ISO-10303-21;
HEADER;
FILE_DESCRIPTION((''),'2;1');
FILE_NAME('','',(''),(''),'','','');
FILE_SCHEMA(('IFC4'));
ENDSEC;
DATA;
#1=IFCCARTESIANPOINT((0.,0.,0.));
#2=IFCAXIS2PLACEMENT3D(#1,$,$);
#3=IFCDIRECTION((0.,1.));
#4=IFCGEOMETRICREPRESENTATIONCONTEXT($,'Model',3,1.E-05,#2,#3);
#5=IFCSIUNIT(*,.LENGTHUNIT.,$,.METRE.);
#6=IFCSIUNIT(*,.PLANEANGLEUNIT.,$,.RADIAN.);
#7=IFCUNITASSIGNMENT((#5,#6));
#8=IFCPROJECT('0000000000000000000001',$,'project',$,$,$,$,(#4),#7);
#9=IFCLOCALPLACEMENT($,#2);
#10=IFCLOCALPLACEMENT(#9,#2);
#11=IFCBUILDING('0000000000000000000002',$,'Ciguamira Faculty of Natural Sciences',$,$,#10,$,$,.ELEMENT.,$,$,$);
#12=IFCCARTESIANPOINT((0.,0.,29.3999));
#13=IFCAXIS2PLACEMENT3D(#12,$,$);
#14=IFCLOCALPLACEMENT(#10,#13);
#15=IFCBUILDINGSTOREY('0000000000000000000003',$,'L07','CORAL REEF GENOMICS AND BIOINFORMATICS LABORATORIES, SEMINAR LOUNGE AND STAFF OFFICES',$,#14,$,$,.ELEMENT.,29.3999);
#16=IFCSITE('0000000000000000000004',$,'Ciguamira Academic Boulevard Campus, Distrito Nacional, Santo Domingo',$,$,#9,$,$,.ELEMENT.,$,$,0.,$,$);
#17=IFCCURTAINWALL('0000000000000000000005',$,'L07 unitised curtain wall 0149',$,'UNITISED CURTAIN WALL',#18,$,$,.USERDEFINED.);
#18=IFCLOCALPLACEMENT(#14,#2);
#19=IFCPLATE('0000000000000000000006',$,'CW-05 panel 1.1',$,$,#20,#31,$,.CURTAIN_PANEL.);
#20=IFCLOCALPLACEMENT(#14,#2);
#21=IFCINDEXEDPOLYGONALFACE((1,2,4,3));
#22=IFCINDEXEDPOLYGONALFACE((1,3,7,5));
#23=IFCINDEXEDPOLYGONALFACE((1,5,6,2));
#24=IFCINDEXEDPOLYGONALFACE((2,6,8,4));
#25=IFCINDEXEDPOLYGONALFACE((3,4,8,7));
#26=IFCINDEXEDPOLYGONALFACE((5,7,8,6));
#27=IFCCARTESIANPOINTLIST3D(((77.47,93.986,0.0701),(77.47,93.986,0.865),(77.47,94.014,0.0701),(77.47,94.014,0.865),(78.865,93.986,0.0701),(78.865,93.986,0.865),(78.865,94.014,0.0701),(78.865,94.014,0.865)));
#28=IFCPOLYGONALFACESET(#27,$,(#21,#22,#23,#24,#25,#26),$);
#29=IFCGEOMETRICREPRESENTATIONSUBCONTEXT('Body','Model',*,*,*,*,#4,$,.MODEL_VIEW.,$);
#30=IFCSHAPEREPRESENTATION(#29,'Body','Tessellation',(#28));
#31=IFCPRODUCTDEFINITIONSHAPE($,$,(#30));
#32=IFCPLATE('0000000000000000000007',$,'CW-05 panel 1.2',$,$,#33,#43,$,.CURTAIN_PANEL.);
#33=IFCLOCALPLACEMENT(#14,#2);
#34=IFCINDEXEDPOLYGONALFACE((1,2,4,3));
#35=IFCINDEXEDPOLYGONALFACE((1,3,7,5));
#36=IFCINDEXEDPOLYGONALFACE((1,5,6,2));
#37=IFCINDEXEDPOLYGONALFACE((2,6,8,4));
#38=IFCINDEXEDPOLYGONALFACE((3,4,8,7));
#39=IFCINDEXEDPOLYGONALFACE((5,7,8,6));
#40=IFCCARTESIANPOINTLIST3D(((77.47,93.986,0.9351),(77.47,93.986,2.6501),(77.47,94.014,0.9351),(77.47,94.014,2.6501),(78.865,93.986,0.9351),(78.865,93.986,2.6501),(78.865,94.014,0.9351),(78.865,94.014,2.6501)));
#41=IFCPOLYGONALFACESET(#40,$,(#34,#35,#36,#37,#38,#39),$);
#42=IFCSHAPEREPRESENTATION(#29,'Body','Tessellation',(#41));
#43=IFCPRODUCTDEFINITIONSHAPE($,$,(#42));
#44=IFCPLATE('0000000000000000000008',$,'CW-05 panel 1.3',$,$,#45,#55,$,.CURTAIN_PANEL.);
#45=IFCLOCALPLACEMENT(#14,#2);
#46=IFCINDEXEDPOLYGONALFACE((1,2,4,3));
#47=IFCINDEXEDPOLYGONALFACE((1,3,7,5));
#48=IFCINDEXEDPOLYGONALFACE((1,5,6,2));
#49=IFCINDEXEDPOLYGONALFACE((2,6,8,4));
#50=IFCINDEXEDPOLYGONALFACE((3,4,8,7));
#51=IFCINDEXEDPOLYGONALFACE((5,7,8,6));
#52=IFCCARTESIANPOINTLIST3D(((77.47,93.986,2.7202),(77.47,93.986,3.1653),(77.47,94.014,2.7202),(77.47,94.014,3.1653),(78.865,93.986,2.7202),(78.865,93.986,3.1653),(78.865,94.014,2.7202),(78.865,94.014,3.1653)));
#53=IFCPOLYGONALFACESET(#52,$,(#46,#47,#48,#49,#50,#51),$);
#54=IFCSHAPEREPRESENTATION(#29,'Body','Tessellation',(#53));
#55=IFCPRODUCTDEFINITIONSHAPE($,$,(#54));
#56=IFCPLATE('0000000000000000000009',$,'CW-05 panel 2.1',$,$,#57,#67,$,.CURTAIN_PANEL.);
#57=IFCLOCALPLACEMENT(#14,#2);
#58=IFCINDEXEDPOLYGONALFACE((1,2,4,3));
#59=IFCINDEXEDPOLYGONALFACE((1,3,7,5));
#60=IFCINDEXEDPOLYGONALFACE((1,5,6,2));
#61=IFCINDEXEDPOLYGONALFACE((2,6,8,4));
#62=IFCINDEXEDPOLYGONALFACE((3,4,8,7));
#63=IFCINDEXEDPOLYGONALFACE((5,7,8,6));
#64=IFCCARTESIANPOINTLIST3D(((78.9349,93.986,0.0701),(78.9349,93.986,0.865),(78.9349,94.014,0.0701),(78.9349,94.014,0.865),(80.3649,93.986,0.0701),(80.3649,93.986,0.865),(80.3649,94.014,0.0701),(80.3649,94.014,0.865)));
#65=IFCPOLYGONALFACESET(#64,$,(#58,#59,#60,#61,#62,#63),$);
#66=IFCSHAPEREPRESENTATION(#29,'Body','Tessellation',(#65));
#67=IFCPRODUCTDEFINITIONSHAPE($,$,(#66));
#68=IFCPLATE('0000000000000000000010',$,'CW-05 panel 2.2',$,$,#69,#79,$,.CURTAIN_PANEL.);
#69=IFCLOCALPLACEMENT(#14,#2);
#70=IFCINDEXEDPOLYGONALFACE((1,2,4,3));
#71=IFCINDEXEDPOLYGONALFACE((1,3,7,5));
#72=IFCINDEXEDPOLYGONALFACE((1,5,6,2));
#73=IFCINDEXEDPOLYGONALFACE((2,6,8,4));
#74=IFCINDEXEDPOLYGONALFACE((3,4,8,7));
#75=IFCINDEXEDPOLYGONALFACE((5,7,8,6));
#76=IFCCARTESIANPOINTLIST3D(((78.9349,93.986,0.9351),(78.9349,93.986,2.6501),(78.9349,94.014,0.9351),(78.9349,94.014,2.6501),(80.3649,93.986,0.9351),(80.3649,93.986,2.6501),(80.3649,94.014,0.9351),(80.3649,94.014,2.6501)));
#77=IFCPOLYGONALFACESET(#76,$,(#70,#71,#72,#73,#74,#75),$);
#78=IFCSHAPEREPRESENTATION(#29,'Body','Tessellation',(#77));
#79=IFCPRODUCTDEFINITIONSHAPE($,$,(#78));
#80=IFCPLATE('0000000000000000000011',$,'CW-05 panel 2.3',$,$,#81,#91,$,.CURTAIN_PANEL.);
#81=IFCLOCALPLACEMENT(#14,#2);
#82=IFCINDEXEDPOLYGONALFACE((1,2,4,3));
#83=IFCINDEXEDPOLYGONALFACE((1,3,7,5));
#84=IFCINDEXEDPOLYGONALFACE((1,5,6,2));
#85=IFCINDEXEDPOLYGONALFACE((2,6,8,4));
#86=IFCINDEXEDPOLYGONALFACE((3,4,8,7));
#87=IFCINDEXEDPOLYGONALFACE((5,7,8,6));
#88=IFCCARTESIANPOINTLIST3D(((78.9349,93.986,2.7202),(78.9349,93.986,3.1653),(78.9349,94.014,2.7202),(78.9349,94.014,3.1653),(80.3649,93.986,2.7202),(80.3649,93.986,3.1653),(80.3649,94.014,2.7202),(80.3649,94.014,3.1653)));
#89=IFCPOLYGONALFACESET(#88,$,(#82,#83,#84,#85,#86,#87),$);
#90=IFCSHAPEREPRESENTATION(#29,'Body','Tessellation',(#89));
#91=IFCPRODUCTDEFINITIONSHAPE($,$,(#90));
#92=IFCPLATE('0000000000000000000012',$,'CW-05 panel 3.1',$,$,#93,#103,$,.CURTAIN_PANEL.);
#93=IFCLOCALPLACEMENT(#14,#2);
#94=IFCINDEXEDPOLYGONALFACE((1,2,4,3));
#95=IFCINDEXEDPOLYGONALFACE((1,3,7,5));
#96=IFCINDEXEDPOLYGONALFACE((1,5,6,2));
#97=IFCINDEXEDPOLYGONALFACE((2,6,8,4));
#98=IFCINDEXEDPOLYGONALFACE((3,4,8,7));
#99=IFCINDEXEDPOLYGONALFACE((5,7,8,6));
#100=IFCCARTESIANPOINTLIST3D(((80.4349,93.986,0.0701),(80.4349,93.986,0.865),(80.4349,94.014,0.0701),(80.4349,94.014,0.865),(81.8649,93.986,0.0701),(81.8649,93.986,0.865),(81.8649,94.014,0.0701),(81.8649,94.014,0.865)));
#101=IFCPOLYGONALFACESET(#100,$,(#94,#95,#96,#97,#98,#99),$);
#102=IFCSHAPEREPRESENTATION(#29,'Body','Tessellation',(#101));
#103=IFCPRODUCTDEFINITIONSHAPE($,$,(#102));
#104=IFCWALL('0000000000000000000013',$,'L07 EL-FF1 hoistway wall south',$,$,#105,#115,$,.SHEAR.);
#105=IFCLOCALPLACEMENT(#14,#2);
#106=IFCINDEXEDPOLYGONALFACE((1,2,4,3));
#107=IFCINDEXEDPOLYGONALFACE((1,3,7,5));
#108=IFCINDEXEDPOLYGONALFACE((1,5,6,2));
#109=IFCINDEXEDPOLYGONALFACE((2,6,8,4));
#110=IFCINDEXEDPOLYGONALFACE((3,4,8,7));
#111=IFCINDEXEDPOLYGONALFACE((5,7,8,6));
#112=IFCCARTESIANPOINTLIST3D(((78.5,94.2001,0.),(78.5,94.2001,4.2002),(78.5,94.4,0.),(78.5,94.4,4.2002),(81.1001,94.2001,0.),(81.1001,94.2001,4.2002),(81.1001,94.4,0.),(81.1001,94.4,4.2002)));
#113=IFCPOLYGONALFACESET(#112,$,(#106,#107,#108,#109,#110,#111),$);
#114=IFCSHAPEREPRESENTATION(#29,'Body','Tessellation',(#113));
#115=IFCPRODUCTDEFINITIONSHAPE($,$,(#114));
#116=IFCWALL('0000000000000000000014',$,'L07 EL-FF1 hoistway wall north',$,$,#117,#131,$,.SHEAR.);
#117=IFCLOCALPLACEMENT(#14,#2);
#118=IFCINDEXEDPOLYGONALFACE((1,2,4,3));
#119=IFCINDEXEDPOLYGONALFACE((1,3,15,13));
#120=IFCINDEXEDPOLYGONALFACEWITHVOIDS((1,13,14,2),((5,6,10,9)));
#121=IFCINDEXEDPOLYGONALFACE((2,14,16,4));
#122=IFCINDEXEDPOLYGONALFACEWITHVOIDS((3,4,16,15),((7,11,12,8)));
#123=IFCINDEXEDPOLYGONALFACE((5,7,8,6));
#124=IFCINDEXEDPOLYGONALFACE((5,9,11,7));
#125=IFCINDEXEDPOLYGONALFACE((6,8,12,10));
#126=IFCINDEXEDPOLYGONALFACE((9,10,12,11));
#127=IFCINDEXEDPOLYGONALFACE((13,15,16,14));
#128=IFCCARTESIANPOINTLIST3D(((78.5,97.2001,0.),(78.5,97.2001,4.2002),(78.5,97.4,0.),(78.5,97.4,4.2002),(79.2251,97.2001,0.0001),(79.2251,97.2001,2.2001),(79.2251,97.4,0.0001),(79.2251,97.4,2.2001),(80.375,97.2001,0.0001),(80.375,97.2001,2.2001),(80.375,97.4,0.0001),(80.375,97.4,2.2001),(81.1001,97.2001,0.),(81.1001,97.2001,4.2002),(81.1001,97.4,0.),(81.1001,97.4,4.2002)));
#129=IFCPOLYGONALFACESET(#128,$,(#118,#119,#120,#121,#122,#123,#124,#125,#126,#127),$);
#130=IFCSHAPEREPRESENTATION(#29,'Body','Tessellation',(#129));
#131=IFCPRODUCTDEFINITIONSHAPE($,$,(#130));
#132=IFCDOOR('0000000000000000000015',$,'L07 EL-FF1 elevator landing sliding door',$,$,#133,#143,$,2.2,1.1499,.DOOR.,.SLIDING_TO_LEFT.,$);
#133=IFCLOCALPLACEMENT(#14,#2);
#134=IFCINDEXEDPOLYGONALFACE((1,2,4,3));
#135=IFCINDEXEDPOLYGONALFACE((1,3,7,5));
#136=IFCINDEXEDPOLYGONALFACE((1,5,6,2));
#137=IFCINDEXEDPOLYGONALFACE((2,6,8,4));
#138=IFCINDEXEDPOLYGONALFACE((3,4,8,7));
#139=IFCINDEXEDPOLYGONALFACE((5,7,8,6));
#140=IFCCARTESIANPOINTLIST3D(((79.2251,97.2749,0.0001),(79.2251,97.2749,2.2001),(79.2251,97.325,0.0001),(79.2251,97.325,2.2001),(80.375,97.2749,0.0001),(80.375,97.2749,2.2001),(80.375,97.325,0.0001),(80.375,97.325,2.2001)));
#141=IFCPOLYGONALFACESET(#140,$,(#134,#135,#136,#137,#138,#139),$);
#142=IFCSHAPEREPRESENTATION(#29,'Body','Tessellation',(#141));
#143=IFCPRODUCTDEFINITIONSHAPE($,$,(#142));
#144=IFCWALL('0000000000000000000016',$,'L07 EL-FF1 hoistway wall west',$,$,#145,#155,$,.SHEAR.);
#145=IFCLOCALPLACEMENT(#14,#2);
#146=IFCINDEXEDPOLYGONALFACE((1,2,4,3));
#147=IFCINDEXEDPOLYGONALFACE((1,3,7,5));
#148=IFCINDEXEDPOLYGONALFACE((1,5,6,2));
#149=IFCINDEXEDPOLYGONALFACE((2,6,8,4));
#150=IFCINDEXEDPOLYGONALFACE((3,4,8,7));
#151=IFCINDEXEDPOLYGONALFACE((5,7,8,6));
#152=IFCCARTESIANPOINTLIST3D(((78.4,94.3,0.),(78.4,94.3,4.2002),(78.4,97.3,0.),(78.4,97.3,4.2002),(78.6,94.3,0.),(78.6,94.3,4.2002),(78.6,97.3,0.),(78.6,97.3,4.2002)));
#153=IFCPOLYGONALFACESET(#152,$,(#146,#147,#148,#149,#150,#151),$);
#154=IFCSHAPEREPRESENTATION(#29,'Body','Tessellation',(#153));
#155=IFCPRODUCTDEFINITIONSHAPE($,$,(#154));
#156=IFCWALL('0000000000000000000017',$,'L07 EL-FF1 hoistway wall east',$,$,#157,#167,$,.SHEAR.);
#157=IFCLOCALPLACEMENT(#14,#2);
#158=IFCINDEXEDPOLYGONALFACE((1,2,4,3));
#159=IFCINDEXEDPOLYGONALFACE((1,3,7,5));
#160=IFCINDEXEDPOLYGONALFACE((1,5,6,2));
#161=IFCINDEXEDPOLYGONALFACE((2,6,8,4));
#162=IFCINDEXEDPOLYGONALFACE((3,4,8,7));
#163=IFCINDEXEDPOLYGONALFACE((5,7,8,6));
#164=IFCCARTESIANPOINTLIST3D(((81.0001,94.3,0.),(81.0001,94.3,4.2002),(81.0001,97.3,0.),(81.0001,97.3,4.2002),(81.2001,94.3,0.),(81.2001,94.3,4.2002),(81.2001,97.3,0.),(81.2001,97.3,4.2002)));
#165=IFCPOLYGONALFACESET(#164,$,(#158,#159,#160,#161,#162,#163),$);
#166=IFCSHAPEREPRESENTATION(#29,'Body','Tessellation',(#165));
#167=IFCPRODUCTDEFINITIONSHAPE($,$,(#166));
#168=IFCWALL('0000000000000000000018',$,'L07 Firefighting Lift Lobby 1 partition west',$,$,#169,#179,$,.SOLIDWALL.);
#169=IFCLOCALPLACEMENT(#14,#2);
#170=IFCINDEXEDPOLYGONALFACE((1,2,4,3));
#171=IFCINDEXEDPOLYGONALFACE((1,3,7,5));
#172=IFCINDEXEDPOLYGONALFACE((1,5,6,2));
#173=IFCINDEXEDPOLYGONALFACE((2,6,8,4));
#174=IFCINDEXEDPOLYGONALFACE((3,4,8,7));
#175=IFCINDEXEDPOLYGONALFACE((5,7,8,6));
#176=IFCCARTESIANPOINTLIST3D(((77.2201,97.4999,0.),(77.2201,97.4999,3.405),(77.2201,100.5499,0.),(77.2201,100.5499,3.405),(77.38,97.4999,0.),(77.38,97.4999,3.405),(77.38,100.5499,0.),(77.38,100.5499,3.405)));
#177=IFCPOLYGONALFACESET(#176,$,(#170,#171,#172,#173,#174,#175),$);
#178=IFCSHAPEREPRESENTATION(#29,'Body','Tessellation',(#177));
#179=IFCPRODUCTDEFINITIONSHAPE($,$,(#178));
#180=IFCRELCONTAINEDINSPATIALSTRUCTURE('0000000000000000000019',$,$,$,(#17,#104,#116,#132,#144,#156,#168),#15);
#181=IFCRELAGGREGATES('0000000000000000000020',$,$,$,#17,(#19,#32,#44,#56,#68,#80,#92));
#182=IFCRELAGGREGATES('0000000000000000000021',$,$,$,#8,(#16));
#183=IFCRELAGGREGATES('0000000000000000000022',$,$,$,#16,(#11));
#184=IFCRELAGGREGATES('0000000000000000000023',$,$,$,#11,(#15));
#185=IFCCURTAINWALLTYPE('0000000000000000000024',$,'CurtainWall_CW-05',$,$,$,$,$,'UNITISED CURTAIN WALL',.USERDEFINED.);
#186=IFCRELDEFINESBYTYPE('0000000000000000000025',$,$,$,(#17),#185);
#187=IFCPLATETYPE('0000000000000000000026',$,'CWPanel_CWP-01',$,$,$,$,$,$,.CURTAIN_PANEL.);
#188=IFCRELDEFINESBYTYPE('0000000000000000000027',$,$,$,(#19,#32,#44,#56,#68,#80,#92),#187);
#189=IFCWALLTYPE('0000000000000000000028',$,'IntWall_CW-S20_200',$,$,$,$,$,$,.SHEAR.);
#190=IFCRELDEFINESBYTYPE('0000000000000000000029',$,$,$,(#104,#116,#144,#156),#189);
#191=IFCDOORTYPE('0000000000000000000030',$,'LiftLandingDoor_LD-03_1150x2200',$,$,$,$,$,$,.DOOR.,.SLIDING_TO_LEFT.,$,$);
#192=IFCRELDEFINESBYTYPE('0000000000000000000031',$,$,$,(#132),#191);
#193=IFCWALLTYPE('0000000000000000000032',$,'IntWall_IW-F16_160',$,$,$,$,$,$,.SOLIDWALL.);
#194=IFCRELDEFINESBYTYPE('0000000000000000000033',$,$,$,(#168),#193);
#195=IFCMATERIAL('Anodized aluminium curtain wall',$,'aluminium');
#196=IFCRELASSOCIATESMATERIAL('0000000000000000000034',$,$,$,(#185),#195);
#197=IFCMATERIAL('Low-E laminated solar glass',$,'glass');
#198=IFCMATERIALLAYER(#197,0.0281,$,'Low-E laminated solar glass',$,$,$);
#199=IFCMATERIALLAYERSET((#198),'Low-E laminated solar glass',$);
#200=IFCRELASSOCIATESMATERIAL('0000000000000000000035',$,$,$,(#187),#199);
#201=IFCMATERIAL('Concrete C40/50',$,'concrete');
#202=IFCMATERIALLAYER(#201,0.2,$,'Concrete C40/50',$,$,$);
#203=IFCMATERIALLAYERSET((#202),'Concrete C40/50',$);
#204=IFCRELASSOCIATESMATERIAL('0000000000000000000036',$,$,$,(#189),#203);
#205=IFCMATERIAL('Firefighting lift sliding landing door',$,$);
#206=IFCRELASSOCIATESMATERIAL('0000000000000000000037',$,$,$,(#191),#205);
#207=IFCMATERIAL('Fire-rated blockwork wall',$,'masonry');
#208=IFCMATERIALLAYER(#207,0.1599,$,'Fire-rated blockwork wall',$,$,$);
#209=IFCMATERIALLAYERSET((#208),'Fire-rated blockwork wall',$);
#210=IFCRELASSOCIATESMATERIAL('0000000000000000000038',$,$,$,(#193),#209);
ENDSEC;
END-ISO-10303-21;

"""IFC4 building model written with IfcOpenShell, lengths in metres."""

from ifc_helpers import new_model, si_unit, direction, frame, frame_2d, origin, origin_2d, place, context, subcontext, project, spatial, rectangle, extrude, material, layer, layer_set, type_object, element, fill, aggregate, save


model = new_model("IFC4")

# Units and contexts
model_context = context("Model", 3, precision=1e-05, world=origin(), true_north=direction((0.0, 1.0)))
body_context = subcontext(model_context, "Body", "Model", "MODEL_VIEW")
ifc_project = project(units=[si_unit("LENGTHUNIT", "METRE"), si_unit("PLANEANGLEUNIT", "RADIAN")], contexts=[model_context])

# Site, building, storey
site_placement = place(None, origin())
site = spatial("IfcSite", under=ifc_project, at=site_placement, Name="Ciguamira Academic Boulevard Campus, Distrito Nacional, Santo Domingo", CompositionType="ELEMENT", RefElevation=0.0)
building_placement = place(site_placement, origin())
building = spatial("IfcBuilding", under=site, at=building_placement, Name="Ciguamira Faculty of Natural Sciences", CompositionType="ELEMENT")
storey_placement = place(building_placement, frame((0.0, 0.0, 29.3999)))
storey = spatial("IfcBuildingStorey", under=building, at=storey_placement, Name="L07", Description="CORAL REEF GENOMICS AND BIOINFORMATICS LABORATORIES, SEMINAR LOUNGE AND STAFF OFFICES", CompositionType="ELEMENT", Elevation=29.3999)

# Curtain wall, plates
ifc_material_1 = material(Name="Anodized aluminium curtain wall", Category="aluminium")
curtain_wall_type = type_object("IfcCurtainWallType", Name="CurtainWall_CW-05", ElementType="UNITISED CURTAIN WALL", PredefinedType="USERDEFINED", material=ifc_material_1)
curtain_wall_placement = place(storey_placement, origin())
curtain_wall = element("IfcCurtainWall", 1, at=curtain_wall_placement, inside=storey, type_object=curtain_wall_type, Name="L07 unitised curtain wall 0149", ObjectType="UNITISED CURTAIN WALL", PredefinedType="USERDEFINED")
ifc_material_2 = material(Name="Low-E laminated solar glass", Category="glass")
ifc_layer_1 = layer(ifc_material_2, 0.0281, Name="Low-E laminated solar glass")
ifc_layer_set_1 = layer_set([ifc_layer_1], Name="Low-E laminated solar glass")
plate_type = type_object("IfcPlateType", Name="CWPanel_CWP-01", PredefinedType="CURTAIN_PANEL", material=ifc_layer_set_1)
plate_1_placement = place(storey_placement, frame((78.1675, 94.0, 0.0701), z_axis=(0.0, 0.0, 1.0), x_axis=(1.0, 0.0, 0.0)))
plate_1 = element("IfcPlate", 2, at=plate_1_placement, type_object=plate_type, Name="CW-05 panel 1.1", PredefinedType="CURTAIN_PANEL", context=body_context, shape_type="SweptSolid", body=[
    extrude(rectangle(XDim=1.395, YDim=0.0281, at=origin_2d()), origin(), (0.0, 0.0, 1.0), 0.7949),
])
plate_2_placement = place(storey_placement, frame((78.1675, 94.0, 0.9351), z_axis=(0.0, 0.0, 1.0), x_axis=(1.0, 0.0, 0.0)))
plate_2 = element("IfcPlate", 3, at=plate_2_placement, type_object=plate_type, Name="CW-05 panel 1.2", PredefinedType="CURTAIN_PANEL", context=body_context, shape_type="SweptSolid", body=[
    extrude(rectangle(XDim=1.395, YDim=0.0281, at=origin_2d()), origin(), (0.0, 0.0, 1.0), 1.7151),
])
plate_3_placement = place(storey_placement, frame((78.1675, 94.0, 2.7202), z_axis=(0.0, 0.0, 1.0), x_axis=(1.0, 0.0, 0.0)))
plate_3 = element("IfcPlate", 4, at=plate_3_placement, type_object=plate_type, Name="CW-05 panel 1.3", PredefinedType="CURTAIN_PANEL", context=body_context, shape_type="SweptSolid", body=[
    extrude(rectangle(XDim=1.395, YDim=0.0281, at=origin_2d()), origin(), (0.0, 0.0, 1.0), 0.4451),
])
plate_4_placement = place(storey_placement, frame((79.6499, 94.0, 0.0701), z_axis=(0.0, 0.0, 1.0), x_axis=(1.0, 0.0, 0.0)))
plate_4 = element("IfcPlate", 5, at=plate_4_placement, type_object=plate_type, Name="CW-05 panel 2.1", PredefinedType="CURTAIN_PANEL", context=body_context, shape_type="SweptSolid", body=[
    extrude(rectangle(XDim=1.4299, YDim=0.0281, at=origin_2d()), origin(), (0.0, 0.0, 1.0), 0.7949),
])
plate_5_placement = place(storey_placement, frame((79.6499, 94.0, 0.9351), z_axis=(0.0, 0.0, 1.0), x_axis=(1.0, 0.0, 0.0)))
plate_5 = element("IfcPlate", 6, at=plate_5_placement, type_object=plate_type, Name="CW-05 panel 2.2", PredefinedType="CURTAIN_PANEL", context=body_context, shape_type="SweptSolid", body=[
    extrude(rectangle(XDim=1.4299, YDim=0.0281, at=origin_2d()), origin(), (0.0, 0.0, 1.0), 1.7151),
])
plate_6_placement = place(storey_placement, frame((79.6499, 94.0, 2.7202), z_axis=(0.0, 0.0, 1.0), x_axis=(1.0, 0.0, 0.0)))
plate_6 = element("IfcPlate", 7, at=plate_6_placement, type_object=plate_type, Name="CW-05 panel 2.3", PredefinedType="CURTAIN_PANEL", context=body_context, shape_type="SweptSolid", body=[
    extrude(rectangle(XDim=1.4299, YDim=0.0281, at=origin_2d()), origin(), (0.0, 0.0, 1.0), 0.4451),
])
plate_7_placement = place(storey_placement, frame((81.1499, 94.0, 0.0701), z_axis=(0.0, 0.0, 1.0), x_axis=(1.0, 0.0, 0.0)))
plate_7 = element("IfcPlate", 8, at=plate_7_placement, type_object=plate_type, Name="CW-05 panel 3.1", PredefinedType="CURTAIN_PANEL", context=body_context, shape_type="SweptSolid", body=[
    extrude(rectangle(XDim=1.4299, YDim=0.0281, at=origin_2d()), origin(), (0.0, 0.0, 1.0), 0.7949),
])
aggregate(curtain_wall, [plate_1, plate_2, plate_3, plate_4, plate_5, plate_6, plate_7])

# Wall
ifc_material_3 = material(Name="Concrete C40/50", Category="concrete")
ifc_layer_2 = layer(ifc_material_3, 0.2, Name="Concrete C40/50")
ifc_layer_set_2 = layer_set([ifc_layer_2], Name="Concrete C40/50")
wall_type_1 = type_object("IfcWallType", Name="IntWall_CW-S20_200", PredefinedType="SHEAR", material=ifc_layer_set_2)
wall_1_placement = place(storey_placement, frame((78.5, 94.3, 0.0), z_axis=(0.0, 0.0, 1.0), x_axis=(1.0, 0.0, 0.0)))
element("IfcWall", 9, at=wall_1_placement, inside=storey, type_object=wall_type_1, Name="L07 EL-FF1 hoistway wall south", PredefinedType="SHEAR", context=body_context, shape_type="SweptSolid", body=[
    extrude(rectangle(XDim=2.6001, YDim=0.2, at=frame_2d((1.3, 0.0))), origin(), (0.0, 0.0, 1.0), 4.2002),
])

# Wall, opening, door
wall_2_placement = place(storey_placement, frame((78.5, 97.3, 0.0), z_axis=(0.0, 0.0, 1.0), x_axis=(1.0, 0.0, 0.0)))
wall_2 = element("IfcWall", 10, at=wall_2_placement, inside=storey, type_object=wall_type_1, Name="L07 EL-FF1 hoistway wall north", PredefinedType="SHEAR", context=body_context, shape_type="SweptSolid", body=[
    extrude(rectangle(XDim=2.6001, YDim=0.2, at=frame_2d((1.3, 0.0))), origin(), (0.0, 0.0, 1.0), 4.2002),
])
opening_1_placement = place(wall_2_placement, frame((0.7251, 0.0, 0.0)))
opening_1 = element("IfcOpeningElement", 11, at=opening_1_placement, cuts=wall_2, PredefinedType="OPENING", context=body_context, shape_type="SweptSolid", body=[
    extrude(rectangle(XDim=1.1499, YDim=2.2, at=frame_2d((0.575, 1.1001))), frame((0.0, 0.1099, 0.0), z_axis=(0.0, -1.0, 0.0), x_axis=(1.0, 0.0, 0.0)), (0.0, 0.0, 1.0), 0.22),
])
ifc_material_4 = material(Name="Firefighting lift sliding landing door")
door_type_1 = type_object("IfcDoorType", Name="LiftLandingDoor_LD-03_1150x2200", OperationType="SLIDING_TO_LEFT", PredefinedType="DOOR", material=ifc_material_4)
door_1_placement = place(opening_1_placement, origin())
door_1 = element("IfcDoor", 12, at=door_1_placement, inside=storey, type_object=door_type_1, Name="L07 EL-FF1 elevator landing sliding door", OperationType="SLIDING_TO_LEFT", OverallHeight=2.2, OverallWidth=1.1499, PredefinedType="DOOR", context=body_context, shape_type="SweptSolid", body=[
    extrude(rectangle(XDim=1.1499, YDim=2.2, at=frame_2d((0.575, 1.1001))), frame((0.0, 0.0249, 0.0), z_axis=(0.0, -1.0, 0.0), x_axis=(1.0, 0.0, 0.0)), (0.0, 0.0, 1.0), 0.05),
])
fill(opening_1, door_1)

# Walls
for number, where, z_axis, x_axis, name in (
    (13, (78.5, 94.3, 0.0), (0.0, 0.0, 1.0), (0.0, 1.0, 0.0), "L07 EL-FF1 hoistway wall west"),
    (14, (81.1001, 94.3, 0.0), (0.0, 0.0, 1.0), (0.0, 1.0, 0.0), "L07 EL-FF1 hoistway wall east"),
):
    element("IfcWall", number, at=place(storey_placement, frame(where, z_axis=z_axis, x_axis=x_axis)), inside=storey, type_object=wall_type_1, Name=name, PredefinedType="SHEAR", context=body_context, shape_type="SweptSolid", body=[
        extrude(rectangle(XDim=3.0, YDim=0.2, at=frame_2d((1.5, 0.0))), origin(), (0.0, 0.0, 1.0), 4.2002),
    ])

# Shared definitions
ifc_material_5 = material(Name="Fire-rated blockwork wall", Category="masonry")
ifc_layer_3 = layer(ifc_material_5, 0.1599, Name="Fire-rated blockwork wall")
ifc_layer_set_3 = layer_set([ifc_layer_3], Name="Fire-rated blockwork wall")
wall_type_2 = type_object("IfcWallType", Name="IntWall_IW-F16_160", PredefinedType="SOLIDWALL", material=ifc_layer_set_3)

# Wall
wall_3_placement = place(storey_placement, frame((77.3, 97.5, 0.0), z_axis=(0.0, 0.0, 1.0), x_axis=(0.0, 1.0, 0.0)))
element("IfcWall", 15, at=wall_3_placement, inside=storey, type_object=wall_type_2, Name="L07 Firefighting Lift Lobby 1 partition west", PredefinedType="SOLIDWALL", context=body_context, shape_type="SweptSolid", body=[
    extrude(rectangle(XDim=3.05, YDim=0.1599, at=frame_2d((1.5249, 0.0))), origin(), (0.0, 0.0, 1.0), 3.405),
])

save(model, "model.ifc")
